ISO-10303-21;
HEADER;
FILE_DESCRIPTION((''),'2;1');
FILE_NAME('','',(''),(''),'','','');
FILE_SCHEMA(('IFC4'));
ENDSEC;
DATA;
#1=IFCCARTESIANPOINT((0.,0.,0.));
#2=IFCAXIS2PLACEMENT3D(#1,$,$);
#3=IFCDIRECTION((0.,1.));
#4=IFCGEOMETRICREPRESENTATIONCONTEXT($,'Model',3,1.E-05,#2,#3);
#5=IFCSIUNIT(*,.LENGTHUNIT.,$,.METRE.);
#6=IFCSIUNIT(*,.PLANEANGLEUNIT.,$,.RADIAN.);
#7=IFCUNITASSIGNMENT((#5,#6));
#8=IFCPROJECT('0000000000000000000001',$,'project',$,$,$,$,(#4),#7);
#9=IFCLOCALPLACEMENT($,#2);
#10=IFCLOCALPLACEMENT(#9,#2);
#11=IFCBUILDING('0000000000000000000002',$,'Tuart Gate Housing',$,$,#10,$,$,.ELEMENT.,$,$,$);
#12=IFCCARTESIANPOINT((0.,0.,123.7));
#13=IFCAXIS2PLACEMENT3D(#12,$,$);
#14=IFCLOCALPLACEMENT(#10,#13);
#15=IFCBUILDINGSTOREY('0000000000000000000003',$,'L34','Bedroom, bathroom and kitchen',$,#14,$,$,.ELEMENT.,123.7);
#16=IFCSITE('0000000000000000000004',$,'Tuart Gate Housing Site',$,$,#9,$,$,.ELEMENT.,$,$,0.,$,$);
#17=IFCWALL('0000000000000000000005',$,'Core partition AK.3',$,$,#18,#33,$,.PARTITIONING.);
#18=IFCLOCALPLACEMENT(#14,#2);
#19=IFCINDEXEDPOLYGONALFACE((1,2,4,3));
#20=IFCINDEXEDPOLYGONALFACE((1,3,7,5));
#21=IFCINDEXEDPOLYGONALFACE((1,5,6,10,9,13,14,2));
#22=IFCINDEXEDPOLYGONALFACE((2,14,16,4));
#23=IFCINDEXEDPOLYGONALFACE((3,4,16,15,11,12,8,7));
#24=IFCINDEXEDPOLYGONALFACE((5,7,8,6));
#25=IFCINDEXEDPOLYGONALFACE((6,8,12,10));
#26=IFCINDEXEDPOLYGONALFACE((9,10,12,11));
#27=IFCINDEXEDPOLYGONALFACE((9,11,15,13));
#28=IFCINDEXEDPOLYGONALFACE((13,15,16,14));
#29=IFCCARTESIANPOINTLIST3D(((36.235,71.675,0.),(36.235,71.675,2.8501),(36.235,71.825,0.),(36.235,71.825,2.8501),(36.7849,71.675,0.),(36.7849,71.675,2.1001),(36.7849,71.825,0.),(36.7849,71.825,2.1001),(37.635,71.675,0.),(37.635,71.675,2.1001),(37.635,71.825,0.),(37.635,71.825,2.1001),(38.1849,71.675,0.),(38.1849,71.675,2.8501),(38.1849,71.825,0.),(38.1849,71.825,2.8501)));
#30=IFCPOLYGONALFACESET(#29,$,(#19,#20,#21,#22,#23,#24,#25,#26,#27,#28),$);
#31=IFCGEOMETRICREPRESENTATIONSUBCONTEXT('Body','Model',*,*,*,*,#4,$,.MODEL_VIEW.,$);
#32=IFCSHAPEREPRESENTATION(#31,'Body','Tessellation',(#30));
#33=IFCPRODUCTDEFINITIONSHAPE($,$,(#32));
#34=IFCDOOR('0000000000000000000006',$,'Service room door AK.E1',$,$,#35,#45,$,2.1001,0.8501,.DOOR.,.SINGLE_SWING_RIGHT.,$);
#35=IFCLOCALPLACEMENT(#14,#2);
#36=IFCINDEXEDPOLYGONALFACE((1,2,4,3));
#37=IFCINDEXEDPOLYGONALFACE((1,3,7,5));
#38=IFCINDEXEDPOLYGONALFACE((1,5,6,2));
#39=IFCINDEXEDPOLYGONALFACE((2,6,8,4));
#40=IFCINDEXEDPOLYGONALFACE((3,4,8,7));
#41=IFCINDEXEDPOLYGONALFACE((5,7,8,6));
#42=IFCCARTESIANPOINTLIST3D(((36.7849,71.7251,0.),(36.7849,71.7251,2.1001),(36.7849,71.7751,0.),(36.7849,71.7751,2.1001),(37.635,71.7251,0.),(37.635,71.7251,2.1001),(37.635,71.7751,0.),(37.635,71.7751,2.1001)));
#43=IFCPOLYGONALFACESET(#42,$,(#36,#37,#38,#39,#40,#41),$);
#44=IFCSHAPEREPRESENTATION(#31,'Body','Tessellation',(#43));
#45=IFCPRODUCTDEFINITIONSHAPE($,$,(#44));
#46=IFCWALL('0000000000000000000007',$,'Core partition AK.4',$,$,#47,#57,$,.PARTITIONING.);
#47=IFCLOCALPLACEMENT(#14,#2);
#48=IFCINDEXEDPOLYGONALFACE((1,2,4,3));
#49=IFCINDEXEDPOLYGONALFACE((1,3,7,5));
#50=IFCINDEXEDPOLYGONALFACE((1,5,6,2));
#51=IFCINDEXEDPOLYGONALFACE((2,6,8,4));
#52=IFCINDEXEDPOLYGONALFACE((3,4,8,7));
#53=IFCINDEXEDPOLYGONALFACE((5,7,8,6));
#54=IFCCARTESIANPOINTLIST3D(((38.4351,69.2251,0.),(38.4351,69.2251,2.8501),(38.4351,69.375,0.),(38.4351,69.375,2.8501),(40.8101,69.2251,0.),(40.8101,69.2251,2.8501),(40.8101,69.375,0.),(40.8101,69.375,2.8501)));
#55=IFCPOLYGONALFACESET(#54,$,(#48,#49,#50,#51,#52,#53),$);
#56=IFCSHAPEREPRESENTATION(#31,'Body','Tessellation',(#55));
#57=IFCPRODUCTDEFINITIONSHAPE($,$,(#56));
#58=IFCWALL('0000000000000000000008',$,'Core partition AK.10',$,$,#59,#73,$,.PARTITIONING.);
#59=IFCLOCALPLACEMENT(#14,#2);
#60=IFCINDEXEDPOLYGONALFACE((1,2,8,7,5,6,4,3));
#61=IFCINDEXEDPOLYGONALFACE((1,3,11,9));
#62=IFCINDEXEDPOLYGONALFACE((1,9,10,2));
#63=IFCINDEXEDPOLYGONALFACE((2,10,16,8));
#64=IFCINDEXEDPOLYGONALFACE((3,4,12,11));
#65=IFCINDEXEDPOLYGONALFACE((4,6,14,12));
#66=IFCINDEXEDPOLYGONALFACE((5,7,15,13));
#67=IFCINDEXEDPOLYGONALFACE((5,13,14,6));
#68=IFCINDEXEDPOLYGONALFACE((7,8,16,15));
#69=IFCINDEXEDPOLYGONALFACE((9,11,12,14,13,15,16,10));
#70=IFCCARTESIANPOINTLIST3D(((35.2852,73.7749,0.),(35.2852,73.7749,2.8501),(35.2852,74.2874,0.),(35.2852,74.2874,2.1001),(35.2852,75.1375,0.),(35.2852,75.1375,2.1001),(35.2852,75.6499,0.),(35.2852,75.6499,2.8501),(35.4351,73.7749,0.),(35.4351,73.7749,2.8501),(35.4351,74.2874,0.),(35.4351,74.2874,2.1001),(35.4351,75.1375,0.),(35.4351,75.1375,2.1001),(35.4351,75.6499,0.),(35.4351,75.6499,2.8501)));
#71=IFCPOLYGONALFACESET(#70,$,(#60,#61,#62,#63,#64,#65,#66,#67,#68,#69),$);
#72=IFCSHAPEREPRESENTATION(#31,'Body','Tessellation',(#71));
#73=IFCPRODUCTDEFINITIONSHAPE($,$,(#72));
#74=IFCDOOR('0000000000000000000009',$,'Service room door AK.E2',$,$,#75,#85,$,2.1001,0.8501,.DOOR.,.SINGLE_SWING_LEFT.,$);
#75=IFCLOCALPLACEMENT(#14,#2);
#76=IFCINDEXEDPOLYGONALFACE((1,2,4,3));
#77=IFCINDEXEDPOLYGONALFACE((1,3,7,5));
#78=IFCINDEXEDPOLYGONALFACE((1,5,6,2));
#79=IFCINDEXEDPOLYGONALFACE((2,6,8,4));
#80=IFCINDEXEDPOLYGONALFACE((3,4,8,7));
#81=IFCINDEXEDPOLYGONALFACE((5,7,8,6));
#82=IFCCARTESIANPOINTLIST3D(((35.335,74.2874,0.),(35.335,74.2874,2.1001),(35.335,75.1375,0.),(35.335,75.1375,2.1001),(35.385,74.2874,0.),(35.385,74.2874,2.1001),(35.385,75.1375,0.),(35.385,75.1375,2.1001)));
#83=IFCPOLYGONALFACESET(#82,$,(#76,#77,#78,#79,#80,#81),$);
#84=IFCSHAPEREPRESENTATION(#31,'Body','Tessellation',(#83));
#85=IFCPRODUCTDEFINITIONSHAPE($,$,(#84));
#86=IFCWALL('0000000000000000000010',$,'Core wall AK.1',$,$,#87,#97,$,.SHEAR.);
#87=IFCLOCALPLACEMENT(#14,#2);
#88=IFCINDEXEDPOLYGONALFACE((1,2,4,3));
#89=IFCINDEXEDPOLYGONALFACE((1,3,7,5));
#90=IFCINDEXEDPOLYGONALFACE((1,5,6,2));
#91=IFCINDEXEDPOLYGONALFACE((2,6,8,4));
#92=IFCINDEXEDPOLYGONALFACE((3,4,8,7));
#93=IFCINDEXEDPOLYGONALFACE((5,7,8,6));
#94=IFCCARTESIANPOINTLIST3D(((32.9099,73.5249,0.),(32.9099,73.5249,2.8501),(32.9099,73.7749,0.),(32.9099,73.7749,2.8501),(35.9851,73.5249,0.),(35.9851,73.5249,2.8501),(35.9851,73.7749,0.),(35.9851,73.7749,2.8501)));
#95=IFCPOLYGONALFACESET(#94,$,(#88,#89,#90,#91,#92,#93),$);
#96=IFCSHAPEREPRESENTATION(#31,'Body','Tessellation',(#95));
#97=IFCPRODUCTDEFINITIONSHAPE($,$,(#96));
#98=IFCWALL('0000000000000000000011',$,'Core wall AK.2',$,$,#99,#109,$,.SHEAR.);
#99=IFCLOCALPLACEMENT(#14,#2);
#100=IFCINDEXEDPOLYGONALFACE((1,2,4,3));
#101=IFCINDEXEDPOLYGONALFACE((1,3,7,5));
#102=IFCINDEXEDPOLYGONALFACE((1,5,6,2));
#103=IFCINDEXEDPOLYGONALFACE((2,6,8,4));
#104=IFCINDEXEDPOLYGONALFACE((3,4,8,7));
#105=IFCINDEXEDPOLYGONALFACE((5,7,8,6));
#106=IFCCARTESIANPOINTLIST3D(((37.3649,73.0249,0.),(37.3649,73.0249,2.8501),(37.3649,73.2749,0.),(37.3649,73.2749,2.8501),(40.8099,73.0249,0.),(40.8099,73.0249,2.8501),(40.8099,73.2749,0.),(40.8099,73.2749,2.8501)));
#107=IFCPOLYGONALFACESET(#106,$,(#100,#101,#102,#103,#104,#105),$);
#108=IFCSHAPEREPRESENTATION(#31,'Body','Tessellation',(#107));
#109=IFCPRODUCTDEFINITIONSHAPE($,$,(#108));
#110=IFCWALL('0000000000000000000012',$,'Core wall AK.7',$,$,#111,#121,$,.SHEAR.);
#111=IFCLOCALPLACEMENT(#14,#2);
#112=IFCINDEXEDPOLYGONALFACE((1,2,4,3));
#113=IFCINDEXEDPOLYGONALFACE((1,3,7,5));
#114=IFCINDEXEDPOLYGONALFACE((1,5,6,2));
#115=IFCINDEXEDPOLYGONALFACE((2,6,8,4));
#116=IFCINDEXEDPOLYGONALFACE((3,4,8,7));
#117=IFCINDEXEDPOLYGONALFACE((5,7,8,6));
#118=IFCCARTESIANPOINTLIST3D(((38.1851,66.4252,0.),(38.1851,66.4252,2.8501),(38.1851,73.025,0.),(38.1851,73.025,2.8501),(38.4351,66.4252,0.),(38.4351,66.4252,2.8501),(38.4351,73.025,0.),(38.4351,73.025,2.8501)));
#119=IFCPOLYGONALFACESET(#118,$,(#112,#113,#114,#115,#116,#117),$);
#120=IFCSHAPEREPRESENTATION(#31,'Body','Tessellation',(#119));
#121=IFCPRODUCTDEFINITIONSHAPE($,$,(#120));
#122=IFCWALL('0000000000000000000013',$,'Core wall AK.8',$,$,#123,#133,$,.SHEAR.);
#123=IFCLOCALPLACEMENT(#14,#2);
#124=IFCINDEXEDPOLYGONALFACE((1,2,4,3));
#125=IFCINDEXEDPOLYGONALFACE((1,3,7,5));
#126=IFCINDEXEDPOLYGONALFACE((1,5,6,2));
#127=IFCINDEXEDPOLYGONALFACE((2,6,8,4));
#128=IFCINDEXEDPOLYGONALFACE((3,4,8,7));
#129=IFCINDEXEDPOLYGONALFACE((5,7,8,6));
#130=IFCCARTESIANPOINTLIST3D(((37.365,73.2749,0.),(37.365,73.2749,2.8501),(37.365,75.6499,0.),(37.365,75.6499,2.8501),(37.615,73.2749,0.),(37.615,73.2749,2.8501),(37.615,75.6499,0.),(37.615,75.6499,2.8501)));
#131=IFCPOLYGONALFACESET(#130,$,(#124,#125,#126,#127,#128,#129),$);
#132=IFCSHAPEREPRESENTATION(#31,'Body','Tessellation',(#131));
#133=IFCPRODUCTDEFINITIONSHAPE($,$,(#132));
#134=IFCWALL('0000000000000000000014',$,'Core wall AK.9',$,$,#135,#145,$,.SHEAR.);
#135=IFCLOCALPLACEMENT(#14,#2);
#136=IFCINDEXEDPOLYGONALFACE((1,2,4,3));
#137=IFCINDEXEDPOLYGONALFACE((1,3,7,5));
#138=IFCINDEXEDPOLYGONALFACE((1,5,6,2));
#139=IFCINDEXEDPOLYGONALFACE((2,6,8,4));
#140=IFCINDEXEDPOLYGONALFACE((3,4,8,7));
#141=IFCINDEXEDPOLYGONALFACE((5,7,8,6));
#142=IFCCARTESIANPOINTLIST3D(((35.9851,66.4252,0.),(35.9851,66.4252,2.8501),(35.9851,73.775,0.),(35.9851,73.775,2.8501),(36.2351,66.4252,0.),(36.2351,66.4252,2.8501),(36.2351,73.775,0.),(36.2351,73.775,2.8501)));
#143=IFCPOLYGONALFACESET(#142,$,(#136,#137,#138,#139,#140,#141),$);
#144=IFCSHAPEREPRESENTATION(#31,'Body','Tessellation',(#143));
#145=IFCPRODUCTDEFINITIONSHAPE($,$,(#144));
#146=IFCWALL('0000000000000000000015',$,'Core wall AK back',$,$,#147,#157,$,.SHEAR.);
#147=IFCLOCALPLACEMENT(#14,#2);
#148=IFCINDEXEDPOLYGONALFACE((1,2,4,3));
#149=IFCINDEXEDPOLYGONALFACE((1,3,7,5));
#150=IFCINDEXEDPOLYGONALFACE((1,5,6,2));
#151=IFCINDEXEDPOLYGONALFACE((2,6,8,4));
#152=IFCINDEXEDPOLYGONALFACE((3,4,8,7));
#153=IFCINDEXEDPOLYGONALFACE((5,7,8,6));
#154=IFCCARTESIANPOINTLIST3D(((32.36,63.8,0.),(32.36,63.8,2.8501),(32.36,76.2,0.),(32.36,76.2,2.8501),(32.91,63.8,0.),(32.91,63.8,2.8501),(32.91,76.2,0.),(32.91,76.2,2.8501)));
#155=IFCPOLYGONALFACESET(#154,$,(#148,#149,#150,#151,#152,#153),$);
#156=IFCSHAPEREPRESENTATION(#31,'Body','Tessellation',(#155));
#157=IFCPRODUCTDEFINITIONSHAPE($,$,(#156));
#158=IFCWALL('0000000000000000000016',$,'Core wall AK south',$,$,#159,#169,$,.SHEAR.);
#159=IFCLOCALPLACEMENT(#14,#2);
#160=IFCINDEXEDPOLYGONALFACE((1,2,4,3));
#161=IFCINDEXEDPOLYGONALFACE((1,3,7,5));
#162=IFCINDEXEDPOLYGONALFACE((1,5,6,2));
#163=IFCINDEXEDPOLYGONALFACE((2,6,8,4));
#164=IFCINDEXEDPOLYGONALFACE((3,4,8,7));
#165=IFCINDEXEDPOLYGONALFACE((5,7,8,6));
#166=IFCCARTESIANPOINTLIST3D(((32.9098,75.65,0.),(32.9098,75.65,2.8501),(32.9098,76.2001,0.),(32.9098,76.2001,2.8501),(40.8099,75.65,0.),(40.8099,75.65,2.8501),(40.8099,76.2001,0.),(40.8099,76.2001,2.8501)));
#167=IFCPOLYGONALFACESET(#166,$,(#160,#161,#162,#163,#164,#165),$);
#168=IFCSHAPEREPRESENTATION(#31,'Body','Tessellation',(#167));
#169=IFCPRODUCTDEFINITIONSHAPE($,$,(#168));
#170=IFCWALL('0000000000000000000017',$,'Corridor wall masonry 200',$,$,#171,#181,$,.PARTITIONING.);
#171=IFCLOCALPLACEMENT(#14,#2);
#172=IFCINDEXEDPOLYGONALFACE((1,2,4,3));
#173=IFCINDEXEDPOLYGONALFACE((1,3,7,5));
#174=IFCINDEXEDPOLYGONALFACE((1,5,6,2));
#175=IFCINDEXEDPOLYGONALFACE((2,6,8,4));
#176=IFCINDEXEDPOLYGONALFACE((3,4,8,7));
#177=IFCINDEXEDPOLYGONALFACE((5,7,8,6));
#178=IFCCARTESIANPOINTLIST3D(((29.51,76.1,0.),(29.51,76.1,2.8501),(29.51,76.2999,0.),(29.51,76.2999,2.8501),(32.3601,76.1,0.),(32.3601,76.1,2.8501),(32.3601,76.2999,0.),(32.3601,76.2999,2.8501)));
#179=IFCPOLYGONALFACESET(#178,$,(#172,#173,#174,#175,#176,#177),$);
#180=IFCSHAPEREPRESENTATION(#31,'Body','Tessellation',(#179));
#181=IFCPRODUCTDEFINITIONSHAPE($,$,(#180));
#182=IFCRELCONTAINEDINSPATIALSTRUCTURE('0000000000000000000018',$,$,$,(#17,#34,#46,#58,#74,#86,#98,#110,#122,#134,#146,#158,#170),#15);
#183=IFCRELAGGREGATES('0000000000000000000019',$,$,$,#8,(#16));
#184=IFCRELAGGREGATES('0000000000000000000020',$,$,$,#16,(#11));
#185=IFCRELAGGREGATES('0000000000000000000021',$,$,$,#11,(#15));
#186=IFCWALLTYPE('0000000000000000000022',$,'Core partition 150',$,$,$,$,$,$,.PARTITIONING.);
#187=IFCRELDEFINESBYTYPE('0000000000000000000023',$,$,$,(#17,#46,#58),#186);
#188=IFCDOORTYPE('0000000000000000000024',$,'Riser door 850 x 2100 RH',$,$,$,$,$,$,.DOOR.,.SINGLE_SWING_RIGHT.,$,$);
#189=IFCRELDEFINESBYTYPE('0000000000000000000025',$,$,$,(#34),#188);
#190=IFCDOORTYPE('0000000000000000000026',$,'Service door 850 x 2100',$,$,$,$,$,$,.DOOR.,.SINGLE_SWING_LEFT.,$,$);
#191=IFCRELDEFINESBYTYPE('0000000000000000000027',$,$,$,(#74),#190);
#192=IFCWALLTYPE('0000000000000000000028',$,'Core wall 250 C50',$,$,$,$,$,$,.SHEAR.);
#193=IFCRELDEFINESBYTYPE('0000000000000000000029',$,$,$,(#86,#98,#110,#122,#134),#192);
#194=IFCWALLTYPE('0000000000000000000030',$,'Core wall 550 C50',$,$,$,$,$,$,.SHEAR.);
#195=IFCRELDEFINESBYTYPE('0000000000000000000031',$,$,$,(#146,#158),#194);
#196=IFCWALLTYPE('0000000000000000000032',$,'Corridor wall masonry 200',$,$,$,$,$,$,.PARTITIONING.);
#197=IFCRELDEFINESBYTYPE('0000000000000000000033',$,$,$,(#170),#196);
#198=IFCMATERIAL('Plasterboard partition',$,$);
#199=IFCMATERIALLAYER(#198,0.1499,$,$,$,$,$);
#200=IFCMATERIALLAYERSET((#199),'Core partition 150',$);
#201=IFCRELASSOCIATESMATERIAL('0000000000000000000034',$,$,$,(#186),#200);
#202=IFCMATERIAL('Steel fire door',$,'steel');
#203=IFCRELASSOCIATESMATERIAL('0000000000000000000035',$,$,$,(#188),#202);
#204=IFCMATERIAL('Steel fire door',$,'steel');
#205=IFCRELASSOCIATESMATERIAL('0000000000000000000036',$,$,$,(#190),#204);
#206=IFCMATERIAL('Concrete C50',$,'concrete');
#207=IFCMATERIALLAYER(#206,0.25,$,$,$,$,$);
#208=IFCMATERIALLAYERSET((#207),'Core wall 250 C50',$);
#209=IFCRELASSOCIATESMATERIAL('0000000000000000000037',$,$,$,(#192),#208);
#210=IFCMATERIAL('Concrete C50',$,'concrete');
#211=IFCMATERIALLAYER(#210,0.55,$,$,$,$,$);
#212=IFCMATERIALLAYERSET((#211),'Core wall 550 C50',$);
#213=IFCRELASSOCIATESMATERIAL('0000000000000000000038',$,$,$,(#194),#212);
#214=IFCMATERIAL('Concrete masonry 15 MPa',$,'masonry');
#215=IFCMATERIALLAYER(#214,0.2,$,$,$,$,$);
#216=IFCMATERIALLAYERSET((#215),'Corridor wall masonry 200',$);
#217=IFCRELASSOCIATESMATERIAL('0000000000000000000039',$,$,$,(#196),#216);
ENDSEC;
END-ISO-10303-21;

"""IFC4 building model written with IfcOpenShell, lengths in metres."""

from ifc_helpers import new_model, si_unit, direction, frame, frame_2d, origin, place, context, subcontext, project, spatial, rectangle, extrude, material, layer, layer_set, type_object, element, fill, save


model = new_model("IFC4")

# Units and contexts
model_context = context("Model", 3, precision=1e-05, world=origin(), true_north=direction((0.0, 1.0)))
body_context = subcontext(model_context, "Body", "Model", "MODEL_VIEW")
ifc_project = project(units=[si_unit("LENGTHUNIT", "METRE"), si_unit("PLANEANGLEUNIT", "RADIAN")], contexts=[model_context])

# Site, building, storey
site_placement = place(None, origin())
site = spatial("IfcSite", under=ifc_project, at=site_placement, Name="Tuart Gate Housing Site", CompositionType="ELEMENT", RefElevation=0.0)
building_placement = place(site_placement, origin())
building = spatial("IfcBuilding", under=site, at=building_placement, Name="Tuart Gate Housing", CompositionType="ELEMENT")
storey_placement = place(building_placement, frame((0.0, 0.0, 123.7)))
storey = spatial("IfcBuildingStorey", under=building, at=storey_placement, Name="L34", Description="Bedroom, bathroom and kitchen", CompositionType="ELEMENT", Elevation=123.7)

# Wall, opening, door
ifc_material_1 = material(Name="Plasterboard partition")
ifc_layer_1 = layer(ifc_material_1, 0.1499)
ifc_layer_set_1 = layer_set([ifc_layer_1], Name="Core partition 150")
wall_type_1 = type_object("IfcWallType", Name="Core partition 150", PredefinedType="PARTITIONING", material=ifc_layer_set_1)
wall_1_placement = place(storey_placement, frame((38.1851, 71.75, 0.0), z_axis=(0.0, 0.0, 1.0), x_axis=(-1.0, 0.0, 0.0)))
wall_1 = element("IfcWall", 1, at=wall_1_placement, inside=storey, type_object=wall_type_1, Name="Core partition AK.3", PredefinedType="PARTITIONING", context=body_context, shape_type="SweptSolid", body=[
    extrude(rectangle(XDim=1.95, YDim=0.1499, at=frame_2d((0.9751, 0.0))), origin(), (0.0, 0.0, 1.0), 2.8501),
])
opening_1_placement = place(wall_1_placement, frame((0.55, 0.0, 0.0)))
opening_1 = element("IfcOpeningElement", 2, at=opening_1_placement, cuts=wall_1, PredefinedType="OPENING", context=body_context, shape_type="SweptSolid", body=[
    extrude(rectangle(XDim=0.8501, YDim=2.1001, at=frame_2d((0.425, 1.05))), frame((0.0, 0.085, 0.0), z_axis=(0.0, -1.0, 0.0), x_axis=(1.0, 0.0, 0.0)), (0.0, 0.0, 1.0), 0.1699),
])
ifc_material_2 = material(Name="Steel fire door", Category="steel")
door_type_1 = type_object("IfcDoorType", Name="Riser door 850 x 2100 RH", OperationType="SINGLE_SWING_RIGHT", PredefinedType="DOOR", material=ifc_material_2)
door_1_placement = place(opening_1_placement, frame((0.8501, 0.0, 0.0), z_axis=(0.0, 0.0, 1.0), x_axis=(-1.0, 0.0, 0.0)))
door_1 = element("IfcDoor", 3, at=door_1_placement, inside=storey, type_object=door_type_1, Name="Service room door AK.E1", OperationType="SINGLE_SWING_RIGHT", OverallHeight=2.1001, OverallWidth=0.8501, PredefinedType="DOOR", context=body_context, shape_type="SweptSolid", body=[
    extrude(rectangle(XDim=0.8501, YDim=2.1001, at=frame_2d((0.425, 1.05))), frame((0.0, 0.0251, 0.0), z_axis=(0.0, -1.0, 0.0), x_axis=(1.0, 0.0, 0.0)), (0.0, 0.0, 1.0), 0.05),
])
fill(opening_1, door_1)

# Wall
wall_2_placement = place(storey_placement, frame((40.8101, 69.3, 0.0), z_axis=(0.0, 0.0, 1.0), x_axis=(-1.0, 0.0, 0.0)))
element("IfcWall", 4, at=wall_2_placement, inside=storey, type_object=wall_type_1, Name="Core partition AK.4", PredefinedType="PARTITIONING", context=body_context, shape_type="SweptSolid", body=[
    extrude(rectangle(XDim=2.375, YDim=0.1499, at=frame_2d((1.1875, 0.0))), origin(), (0.0, 0.0, 1.0), 2.8501),
])

# Wall, opening, door
wall_3_placement = place(storey_placement, frame((35.3601, 75.6499, 0.0), z_axis=(0.0, 0.0, 1.0), x_axis=(0.0, -1.0, 0.0)))
wall_3 = element("IfcWall", 5, at=wall_3_placement, inside=storey, type_object=wall_type_1, Name="Core partition AK.10", PredefinedType="PARTITIONING", context=body_context, shape_type="SweptSolid", body=[
    extrude(rectangle(XDim=1.875, YDim=0.1499, at=frame_2d((0.9375, 0.0))), origin(), (0.0, 0.0, 1.0), 2.8501),
])
opening_2_placement = place(wall_3_placement, frame((0.5125, 0.0, 0.0)))
opening_2 = element("IfcOpeningElement", 6, at=opening_2_placement, cuts=wall_3, PredefinedType="OPENING", context=body_context, shape_type="SweptSolid", body=[
    extrude(rectangle(XDim=0.8501, YDim=2.1001, at=frame_2d((0.425, 1.05))), frame((0.0, 0.085, 0.0), z_axis=(0.0, -1.0, 0.0), x_axis=(1.0, 0.0, 0.0)), (0.0, 0.0, 1.0), 0.1699),
])
ifc_material_3 = material(Name="Steel fire door", Category="steel")
door_type_2 = type_object("IfcDoorType", Name="Service door 850 x 2100", OperationType="SINGLE_SWING_LEFT", PredefinedType="DOOR", material=ifc_material_3)
door_2_placement = place(opening_2_placement, origin())
door_2 = element("IfcDoor", 7, at=door_2_placement, inside=storey, type_object=door_type_2, Name="Service room door AK.E2", OperationType="SINGLE_SWING_LEFT", OverallHeight=2.1001, OverallWidth=0.8501, PredefinedType="DOOR", context=body_context, shape_type="SweptSolid", body=[
    extrude(rectangle(XDim=0.8501, YDim=2.1001, at=frame_2d((0.425, 1.05))), frame((0.0, 0.0249, 0.0), z_axis=(0.0, -1.0, 0.0), x_axis=(1.0, 0.0, 0.0)), (0.0, 0.0, 1.0), 0.05),
])
fill(opening_2, door_2)

# Walls
ifc_material_4 = material(Name="Concrete C50", Category="concrete")
ifc_layer_2 = layer(ifc_material_4, 0.25)
ifc_layer_set_2 = layer_set([ifc_layer_2], Name="Core wall 250 C50")
wall_type_2 = type_object("IfcWallType", Name="Core wall 250 C50", PredefinedType="SHEAR", material=ifc_layer_set_2)
wall_4_placement = place(storey_placement, frame((35.9851, 73.6499, 0.0), z_axis=(0.0, 0.0, 1.0), x_axis=(-1.0, 0.0, 0.0)))
element("IfcWall", 8, at=wall_4_placement, inside=storey, type_object=wall_type_2, Name="Core wall AK.1", PredefinedType="SHEAR", context=body_context, shape_type="SweptSolid", body=[
    extrude(rectangle(XDim=3.0752, YDim=0.25, at=frame_2d((1.5376, 0.0))), origin(), (0.0, 0.0, 1.0), 2.8501),
])
wall_5_placement = place(storey_placement, frame((40.8101, 73.1499, 0.0), z_axis=(0.0, 0.0, 1.0), x_axis=(-1.0, 0.0, 0.0)))
element("IfcWall", 9, at=wall_5_placement, inside=storey, type_object=wall_type_2, Name="Core wall AK.2", PredefinedType="SHEAR", context=body_context, shape_type="SweptSolid", body=[
    extrude(rectangle(XDim=3.4451, YDim=0.25, at=frame_2d((1.7227, 0.0))), origin(), (0.0, 0.0, 1.0), 2.8501),
])
wall_6_placement = place(storey_placement, frame((38.3101, 73.0249, 0.0), z_axis=(0.0, 0.0, 1.0), x_axis=(0.0, -1.0, 0.0)))
element("IfcWall", 10, at=wall_6_placement, inside=storey, type_object=wall_type_2, Name="Core wall AK.7", PredefinedType="SHEAR", context=body_context, shape_type="SweptSolid", body=[
    extrude(rectangle(XDim=6.5999, YDim=0.25, at=frame_2d((3.2998, 0.0))), origin(), (0.0, 0.0, 1.0), 2.8501),
])
wall_7_placement = place(storey_placement, frame((37.49, 75.6499, 0.0), z_axis=(0.0, 0.0, 1.0), x_axis=(0.0, -1.0, 0.0)))
element("IfcWall", 11, at=wall_7_placement, inside=storey, type_object=wall_type_2, Name="Core wall AK.8", PredefinedType="SHEAR", context=body_context, shape_type="SweptSolid", body=[
    extrude(rectangle(XDim=2.375, YDim=0.25, at=frame_2d((1.1875, 0.0))), origin(), (0.0, 0.0, 1.0), 2.8501),
])
wall_8_placement = place(storey_placement, frame((36.1101, 73.7749, 0.0), z_axis=(0.0, 0.0, 1.0), x_axis=(0.0, -1.0, 0.0)))
element("IfcWall", 12, at=wall_8_placement, inside=storey, type_object=wall_type_2, Name="Core wall AK.9", PredefinedType="SHEAR", context=body_context, shape_type="SweptSolid", body=[
    extrude(rectangle(XDim=7.3499, YDim=0.25, at=frame_2d((3.6748, 0.0))), origin(), (0.0, 0.0, 1.0), 2.8501),
])
ifc_material_5 = material(Name="Concrete C50", Category="concrete")
ifc_layer_3 = layer(ifc_material_5, 0.55)
ifc_layer_set_3 = layer_set([ifc_layer_3], Name="Core wall 550 C50")
wall_type_3 = type_object("IfcWallType", Name="Core wall 550 C50", PredefinedType="SHEAR", material=ifc_layer_set_3)
wall_9_placement = place(storey_placement, frame((32.635, 76.2, 0.0), z_axis=(0.0, 0.0, 1.0), x_axis=(0.0, -1.0, 0.0)))
element("IfcWall", 13, at=wall_9_placement, inside=storey, type_object=wall_type_3, Name="Core wall AK back", PredefinedType="SHEAR", context=body_context, shape_type="SweptSolid", body=[
    extrude(rectangle(XDim=12.3999, YDim=0.55, at=frame_2d((6.2, 0.0))), origin(), (0.0, 0.0, 1.0), 2.8501),
])
wall_10_placement = place(storey_placement, frame((40.8101, 75.925, 0.0), z_axis=(0.0, 0.0, 1.0), x_axis=(-1.0, 0.0, 0.0)))
element("IfcWall", 14, at=wall_10_placement, inside=storey, type_object=wall_type_3, Name="Core wall AK south", PredefinedType="SHEAR", context=body_context, shape_type="SweptSolid", body=[
    extrude(rectangle(XDim=7.9001, YDim=0.55, at=frame_2d((3.9502, 0.0))), origin(), (0.0, 0.0, 1.0), 2.8501),
])
ifc_material_6 = material(Name="Concrete masonry 15 MPa", Category="masonry")
ifc_layer_4 = layer(ifc_material_6, 0.2)
ifc_layer_set_4 = layer_set([ifc_layer_4], Name="Corridor wall masonry 200")
wall_type_4 = type_object("IfcWallType", Name="Corridor wall masonry 200", PredefinedType="PARTITIONING", material=ifc_layer_set_4)
wall_11_placement = place(storey_placement, frame((29.51, 76.2, 0.0), z_axis=(0.0, 0.0, 1.0), x_axis=(1.0, 0.0, 0.0)))
element("IfcWall", 15, at=wall_11_placement, inside=storey, type_object=wall_type_4, Name="Corridor wall masonry 200", PredefinedType="PARTITIONING", context=body_context, shape_type="SweptSolid", body=[
    extrude(rectangle(XDim=2.8501, YDim=0.2, at=frame_2d((1.425, 0.0))), origin(), (0.0, 0.0, 1.0), 2.8501),
])

save(model, "model.ifc")
